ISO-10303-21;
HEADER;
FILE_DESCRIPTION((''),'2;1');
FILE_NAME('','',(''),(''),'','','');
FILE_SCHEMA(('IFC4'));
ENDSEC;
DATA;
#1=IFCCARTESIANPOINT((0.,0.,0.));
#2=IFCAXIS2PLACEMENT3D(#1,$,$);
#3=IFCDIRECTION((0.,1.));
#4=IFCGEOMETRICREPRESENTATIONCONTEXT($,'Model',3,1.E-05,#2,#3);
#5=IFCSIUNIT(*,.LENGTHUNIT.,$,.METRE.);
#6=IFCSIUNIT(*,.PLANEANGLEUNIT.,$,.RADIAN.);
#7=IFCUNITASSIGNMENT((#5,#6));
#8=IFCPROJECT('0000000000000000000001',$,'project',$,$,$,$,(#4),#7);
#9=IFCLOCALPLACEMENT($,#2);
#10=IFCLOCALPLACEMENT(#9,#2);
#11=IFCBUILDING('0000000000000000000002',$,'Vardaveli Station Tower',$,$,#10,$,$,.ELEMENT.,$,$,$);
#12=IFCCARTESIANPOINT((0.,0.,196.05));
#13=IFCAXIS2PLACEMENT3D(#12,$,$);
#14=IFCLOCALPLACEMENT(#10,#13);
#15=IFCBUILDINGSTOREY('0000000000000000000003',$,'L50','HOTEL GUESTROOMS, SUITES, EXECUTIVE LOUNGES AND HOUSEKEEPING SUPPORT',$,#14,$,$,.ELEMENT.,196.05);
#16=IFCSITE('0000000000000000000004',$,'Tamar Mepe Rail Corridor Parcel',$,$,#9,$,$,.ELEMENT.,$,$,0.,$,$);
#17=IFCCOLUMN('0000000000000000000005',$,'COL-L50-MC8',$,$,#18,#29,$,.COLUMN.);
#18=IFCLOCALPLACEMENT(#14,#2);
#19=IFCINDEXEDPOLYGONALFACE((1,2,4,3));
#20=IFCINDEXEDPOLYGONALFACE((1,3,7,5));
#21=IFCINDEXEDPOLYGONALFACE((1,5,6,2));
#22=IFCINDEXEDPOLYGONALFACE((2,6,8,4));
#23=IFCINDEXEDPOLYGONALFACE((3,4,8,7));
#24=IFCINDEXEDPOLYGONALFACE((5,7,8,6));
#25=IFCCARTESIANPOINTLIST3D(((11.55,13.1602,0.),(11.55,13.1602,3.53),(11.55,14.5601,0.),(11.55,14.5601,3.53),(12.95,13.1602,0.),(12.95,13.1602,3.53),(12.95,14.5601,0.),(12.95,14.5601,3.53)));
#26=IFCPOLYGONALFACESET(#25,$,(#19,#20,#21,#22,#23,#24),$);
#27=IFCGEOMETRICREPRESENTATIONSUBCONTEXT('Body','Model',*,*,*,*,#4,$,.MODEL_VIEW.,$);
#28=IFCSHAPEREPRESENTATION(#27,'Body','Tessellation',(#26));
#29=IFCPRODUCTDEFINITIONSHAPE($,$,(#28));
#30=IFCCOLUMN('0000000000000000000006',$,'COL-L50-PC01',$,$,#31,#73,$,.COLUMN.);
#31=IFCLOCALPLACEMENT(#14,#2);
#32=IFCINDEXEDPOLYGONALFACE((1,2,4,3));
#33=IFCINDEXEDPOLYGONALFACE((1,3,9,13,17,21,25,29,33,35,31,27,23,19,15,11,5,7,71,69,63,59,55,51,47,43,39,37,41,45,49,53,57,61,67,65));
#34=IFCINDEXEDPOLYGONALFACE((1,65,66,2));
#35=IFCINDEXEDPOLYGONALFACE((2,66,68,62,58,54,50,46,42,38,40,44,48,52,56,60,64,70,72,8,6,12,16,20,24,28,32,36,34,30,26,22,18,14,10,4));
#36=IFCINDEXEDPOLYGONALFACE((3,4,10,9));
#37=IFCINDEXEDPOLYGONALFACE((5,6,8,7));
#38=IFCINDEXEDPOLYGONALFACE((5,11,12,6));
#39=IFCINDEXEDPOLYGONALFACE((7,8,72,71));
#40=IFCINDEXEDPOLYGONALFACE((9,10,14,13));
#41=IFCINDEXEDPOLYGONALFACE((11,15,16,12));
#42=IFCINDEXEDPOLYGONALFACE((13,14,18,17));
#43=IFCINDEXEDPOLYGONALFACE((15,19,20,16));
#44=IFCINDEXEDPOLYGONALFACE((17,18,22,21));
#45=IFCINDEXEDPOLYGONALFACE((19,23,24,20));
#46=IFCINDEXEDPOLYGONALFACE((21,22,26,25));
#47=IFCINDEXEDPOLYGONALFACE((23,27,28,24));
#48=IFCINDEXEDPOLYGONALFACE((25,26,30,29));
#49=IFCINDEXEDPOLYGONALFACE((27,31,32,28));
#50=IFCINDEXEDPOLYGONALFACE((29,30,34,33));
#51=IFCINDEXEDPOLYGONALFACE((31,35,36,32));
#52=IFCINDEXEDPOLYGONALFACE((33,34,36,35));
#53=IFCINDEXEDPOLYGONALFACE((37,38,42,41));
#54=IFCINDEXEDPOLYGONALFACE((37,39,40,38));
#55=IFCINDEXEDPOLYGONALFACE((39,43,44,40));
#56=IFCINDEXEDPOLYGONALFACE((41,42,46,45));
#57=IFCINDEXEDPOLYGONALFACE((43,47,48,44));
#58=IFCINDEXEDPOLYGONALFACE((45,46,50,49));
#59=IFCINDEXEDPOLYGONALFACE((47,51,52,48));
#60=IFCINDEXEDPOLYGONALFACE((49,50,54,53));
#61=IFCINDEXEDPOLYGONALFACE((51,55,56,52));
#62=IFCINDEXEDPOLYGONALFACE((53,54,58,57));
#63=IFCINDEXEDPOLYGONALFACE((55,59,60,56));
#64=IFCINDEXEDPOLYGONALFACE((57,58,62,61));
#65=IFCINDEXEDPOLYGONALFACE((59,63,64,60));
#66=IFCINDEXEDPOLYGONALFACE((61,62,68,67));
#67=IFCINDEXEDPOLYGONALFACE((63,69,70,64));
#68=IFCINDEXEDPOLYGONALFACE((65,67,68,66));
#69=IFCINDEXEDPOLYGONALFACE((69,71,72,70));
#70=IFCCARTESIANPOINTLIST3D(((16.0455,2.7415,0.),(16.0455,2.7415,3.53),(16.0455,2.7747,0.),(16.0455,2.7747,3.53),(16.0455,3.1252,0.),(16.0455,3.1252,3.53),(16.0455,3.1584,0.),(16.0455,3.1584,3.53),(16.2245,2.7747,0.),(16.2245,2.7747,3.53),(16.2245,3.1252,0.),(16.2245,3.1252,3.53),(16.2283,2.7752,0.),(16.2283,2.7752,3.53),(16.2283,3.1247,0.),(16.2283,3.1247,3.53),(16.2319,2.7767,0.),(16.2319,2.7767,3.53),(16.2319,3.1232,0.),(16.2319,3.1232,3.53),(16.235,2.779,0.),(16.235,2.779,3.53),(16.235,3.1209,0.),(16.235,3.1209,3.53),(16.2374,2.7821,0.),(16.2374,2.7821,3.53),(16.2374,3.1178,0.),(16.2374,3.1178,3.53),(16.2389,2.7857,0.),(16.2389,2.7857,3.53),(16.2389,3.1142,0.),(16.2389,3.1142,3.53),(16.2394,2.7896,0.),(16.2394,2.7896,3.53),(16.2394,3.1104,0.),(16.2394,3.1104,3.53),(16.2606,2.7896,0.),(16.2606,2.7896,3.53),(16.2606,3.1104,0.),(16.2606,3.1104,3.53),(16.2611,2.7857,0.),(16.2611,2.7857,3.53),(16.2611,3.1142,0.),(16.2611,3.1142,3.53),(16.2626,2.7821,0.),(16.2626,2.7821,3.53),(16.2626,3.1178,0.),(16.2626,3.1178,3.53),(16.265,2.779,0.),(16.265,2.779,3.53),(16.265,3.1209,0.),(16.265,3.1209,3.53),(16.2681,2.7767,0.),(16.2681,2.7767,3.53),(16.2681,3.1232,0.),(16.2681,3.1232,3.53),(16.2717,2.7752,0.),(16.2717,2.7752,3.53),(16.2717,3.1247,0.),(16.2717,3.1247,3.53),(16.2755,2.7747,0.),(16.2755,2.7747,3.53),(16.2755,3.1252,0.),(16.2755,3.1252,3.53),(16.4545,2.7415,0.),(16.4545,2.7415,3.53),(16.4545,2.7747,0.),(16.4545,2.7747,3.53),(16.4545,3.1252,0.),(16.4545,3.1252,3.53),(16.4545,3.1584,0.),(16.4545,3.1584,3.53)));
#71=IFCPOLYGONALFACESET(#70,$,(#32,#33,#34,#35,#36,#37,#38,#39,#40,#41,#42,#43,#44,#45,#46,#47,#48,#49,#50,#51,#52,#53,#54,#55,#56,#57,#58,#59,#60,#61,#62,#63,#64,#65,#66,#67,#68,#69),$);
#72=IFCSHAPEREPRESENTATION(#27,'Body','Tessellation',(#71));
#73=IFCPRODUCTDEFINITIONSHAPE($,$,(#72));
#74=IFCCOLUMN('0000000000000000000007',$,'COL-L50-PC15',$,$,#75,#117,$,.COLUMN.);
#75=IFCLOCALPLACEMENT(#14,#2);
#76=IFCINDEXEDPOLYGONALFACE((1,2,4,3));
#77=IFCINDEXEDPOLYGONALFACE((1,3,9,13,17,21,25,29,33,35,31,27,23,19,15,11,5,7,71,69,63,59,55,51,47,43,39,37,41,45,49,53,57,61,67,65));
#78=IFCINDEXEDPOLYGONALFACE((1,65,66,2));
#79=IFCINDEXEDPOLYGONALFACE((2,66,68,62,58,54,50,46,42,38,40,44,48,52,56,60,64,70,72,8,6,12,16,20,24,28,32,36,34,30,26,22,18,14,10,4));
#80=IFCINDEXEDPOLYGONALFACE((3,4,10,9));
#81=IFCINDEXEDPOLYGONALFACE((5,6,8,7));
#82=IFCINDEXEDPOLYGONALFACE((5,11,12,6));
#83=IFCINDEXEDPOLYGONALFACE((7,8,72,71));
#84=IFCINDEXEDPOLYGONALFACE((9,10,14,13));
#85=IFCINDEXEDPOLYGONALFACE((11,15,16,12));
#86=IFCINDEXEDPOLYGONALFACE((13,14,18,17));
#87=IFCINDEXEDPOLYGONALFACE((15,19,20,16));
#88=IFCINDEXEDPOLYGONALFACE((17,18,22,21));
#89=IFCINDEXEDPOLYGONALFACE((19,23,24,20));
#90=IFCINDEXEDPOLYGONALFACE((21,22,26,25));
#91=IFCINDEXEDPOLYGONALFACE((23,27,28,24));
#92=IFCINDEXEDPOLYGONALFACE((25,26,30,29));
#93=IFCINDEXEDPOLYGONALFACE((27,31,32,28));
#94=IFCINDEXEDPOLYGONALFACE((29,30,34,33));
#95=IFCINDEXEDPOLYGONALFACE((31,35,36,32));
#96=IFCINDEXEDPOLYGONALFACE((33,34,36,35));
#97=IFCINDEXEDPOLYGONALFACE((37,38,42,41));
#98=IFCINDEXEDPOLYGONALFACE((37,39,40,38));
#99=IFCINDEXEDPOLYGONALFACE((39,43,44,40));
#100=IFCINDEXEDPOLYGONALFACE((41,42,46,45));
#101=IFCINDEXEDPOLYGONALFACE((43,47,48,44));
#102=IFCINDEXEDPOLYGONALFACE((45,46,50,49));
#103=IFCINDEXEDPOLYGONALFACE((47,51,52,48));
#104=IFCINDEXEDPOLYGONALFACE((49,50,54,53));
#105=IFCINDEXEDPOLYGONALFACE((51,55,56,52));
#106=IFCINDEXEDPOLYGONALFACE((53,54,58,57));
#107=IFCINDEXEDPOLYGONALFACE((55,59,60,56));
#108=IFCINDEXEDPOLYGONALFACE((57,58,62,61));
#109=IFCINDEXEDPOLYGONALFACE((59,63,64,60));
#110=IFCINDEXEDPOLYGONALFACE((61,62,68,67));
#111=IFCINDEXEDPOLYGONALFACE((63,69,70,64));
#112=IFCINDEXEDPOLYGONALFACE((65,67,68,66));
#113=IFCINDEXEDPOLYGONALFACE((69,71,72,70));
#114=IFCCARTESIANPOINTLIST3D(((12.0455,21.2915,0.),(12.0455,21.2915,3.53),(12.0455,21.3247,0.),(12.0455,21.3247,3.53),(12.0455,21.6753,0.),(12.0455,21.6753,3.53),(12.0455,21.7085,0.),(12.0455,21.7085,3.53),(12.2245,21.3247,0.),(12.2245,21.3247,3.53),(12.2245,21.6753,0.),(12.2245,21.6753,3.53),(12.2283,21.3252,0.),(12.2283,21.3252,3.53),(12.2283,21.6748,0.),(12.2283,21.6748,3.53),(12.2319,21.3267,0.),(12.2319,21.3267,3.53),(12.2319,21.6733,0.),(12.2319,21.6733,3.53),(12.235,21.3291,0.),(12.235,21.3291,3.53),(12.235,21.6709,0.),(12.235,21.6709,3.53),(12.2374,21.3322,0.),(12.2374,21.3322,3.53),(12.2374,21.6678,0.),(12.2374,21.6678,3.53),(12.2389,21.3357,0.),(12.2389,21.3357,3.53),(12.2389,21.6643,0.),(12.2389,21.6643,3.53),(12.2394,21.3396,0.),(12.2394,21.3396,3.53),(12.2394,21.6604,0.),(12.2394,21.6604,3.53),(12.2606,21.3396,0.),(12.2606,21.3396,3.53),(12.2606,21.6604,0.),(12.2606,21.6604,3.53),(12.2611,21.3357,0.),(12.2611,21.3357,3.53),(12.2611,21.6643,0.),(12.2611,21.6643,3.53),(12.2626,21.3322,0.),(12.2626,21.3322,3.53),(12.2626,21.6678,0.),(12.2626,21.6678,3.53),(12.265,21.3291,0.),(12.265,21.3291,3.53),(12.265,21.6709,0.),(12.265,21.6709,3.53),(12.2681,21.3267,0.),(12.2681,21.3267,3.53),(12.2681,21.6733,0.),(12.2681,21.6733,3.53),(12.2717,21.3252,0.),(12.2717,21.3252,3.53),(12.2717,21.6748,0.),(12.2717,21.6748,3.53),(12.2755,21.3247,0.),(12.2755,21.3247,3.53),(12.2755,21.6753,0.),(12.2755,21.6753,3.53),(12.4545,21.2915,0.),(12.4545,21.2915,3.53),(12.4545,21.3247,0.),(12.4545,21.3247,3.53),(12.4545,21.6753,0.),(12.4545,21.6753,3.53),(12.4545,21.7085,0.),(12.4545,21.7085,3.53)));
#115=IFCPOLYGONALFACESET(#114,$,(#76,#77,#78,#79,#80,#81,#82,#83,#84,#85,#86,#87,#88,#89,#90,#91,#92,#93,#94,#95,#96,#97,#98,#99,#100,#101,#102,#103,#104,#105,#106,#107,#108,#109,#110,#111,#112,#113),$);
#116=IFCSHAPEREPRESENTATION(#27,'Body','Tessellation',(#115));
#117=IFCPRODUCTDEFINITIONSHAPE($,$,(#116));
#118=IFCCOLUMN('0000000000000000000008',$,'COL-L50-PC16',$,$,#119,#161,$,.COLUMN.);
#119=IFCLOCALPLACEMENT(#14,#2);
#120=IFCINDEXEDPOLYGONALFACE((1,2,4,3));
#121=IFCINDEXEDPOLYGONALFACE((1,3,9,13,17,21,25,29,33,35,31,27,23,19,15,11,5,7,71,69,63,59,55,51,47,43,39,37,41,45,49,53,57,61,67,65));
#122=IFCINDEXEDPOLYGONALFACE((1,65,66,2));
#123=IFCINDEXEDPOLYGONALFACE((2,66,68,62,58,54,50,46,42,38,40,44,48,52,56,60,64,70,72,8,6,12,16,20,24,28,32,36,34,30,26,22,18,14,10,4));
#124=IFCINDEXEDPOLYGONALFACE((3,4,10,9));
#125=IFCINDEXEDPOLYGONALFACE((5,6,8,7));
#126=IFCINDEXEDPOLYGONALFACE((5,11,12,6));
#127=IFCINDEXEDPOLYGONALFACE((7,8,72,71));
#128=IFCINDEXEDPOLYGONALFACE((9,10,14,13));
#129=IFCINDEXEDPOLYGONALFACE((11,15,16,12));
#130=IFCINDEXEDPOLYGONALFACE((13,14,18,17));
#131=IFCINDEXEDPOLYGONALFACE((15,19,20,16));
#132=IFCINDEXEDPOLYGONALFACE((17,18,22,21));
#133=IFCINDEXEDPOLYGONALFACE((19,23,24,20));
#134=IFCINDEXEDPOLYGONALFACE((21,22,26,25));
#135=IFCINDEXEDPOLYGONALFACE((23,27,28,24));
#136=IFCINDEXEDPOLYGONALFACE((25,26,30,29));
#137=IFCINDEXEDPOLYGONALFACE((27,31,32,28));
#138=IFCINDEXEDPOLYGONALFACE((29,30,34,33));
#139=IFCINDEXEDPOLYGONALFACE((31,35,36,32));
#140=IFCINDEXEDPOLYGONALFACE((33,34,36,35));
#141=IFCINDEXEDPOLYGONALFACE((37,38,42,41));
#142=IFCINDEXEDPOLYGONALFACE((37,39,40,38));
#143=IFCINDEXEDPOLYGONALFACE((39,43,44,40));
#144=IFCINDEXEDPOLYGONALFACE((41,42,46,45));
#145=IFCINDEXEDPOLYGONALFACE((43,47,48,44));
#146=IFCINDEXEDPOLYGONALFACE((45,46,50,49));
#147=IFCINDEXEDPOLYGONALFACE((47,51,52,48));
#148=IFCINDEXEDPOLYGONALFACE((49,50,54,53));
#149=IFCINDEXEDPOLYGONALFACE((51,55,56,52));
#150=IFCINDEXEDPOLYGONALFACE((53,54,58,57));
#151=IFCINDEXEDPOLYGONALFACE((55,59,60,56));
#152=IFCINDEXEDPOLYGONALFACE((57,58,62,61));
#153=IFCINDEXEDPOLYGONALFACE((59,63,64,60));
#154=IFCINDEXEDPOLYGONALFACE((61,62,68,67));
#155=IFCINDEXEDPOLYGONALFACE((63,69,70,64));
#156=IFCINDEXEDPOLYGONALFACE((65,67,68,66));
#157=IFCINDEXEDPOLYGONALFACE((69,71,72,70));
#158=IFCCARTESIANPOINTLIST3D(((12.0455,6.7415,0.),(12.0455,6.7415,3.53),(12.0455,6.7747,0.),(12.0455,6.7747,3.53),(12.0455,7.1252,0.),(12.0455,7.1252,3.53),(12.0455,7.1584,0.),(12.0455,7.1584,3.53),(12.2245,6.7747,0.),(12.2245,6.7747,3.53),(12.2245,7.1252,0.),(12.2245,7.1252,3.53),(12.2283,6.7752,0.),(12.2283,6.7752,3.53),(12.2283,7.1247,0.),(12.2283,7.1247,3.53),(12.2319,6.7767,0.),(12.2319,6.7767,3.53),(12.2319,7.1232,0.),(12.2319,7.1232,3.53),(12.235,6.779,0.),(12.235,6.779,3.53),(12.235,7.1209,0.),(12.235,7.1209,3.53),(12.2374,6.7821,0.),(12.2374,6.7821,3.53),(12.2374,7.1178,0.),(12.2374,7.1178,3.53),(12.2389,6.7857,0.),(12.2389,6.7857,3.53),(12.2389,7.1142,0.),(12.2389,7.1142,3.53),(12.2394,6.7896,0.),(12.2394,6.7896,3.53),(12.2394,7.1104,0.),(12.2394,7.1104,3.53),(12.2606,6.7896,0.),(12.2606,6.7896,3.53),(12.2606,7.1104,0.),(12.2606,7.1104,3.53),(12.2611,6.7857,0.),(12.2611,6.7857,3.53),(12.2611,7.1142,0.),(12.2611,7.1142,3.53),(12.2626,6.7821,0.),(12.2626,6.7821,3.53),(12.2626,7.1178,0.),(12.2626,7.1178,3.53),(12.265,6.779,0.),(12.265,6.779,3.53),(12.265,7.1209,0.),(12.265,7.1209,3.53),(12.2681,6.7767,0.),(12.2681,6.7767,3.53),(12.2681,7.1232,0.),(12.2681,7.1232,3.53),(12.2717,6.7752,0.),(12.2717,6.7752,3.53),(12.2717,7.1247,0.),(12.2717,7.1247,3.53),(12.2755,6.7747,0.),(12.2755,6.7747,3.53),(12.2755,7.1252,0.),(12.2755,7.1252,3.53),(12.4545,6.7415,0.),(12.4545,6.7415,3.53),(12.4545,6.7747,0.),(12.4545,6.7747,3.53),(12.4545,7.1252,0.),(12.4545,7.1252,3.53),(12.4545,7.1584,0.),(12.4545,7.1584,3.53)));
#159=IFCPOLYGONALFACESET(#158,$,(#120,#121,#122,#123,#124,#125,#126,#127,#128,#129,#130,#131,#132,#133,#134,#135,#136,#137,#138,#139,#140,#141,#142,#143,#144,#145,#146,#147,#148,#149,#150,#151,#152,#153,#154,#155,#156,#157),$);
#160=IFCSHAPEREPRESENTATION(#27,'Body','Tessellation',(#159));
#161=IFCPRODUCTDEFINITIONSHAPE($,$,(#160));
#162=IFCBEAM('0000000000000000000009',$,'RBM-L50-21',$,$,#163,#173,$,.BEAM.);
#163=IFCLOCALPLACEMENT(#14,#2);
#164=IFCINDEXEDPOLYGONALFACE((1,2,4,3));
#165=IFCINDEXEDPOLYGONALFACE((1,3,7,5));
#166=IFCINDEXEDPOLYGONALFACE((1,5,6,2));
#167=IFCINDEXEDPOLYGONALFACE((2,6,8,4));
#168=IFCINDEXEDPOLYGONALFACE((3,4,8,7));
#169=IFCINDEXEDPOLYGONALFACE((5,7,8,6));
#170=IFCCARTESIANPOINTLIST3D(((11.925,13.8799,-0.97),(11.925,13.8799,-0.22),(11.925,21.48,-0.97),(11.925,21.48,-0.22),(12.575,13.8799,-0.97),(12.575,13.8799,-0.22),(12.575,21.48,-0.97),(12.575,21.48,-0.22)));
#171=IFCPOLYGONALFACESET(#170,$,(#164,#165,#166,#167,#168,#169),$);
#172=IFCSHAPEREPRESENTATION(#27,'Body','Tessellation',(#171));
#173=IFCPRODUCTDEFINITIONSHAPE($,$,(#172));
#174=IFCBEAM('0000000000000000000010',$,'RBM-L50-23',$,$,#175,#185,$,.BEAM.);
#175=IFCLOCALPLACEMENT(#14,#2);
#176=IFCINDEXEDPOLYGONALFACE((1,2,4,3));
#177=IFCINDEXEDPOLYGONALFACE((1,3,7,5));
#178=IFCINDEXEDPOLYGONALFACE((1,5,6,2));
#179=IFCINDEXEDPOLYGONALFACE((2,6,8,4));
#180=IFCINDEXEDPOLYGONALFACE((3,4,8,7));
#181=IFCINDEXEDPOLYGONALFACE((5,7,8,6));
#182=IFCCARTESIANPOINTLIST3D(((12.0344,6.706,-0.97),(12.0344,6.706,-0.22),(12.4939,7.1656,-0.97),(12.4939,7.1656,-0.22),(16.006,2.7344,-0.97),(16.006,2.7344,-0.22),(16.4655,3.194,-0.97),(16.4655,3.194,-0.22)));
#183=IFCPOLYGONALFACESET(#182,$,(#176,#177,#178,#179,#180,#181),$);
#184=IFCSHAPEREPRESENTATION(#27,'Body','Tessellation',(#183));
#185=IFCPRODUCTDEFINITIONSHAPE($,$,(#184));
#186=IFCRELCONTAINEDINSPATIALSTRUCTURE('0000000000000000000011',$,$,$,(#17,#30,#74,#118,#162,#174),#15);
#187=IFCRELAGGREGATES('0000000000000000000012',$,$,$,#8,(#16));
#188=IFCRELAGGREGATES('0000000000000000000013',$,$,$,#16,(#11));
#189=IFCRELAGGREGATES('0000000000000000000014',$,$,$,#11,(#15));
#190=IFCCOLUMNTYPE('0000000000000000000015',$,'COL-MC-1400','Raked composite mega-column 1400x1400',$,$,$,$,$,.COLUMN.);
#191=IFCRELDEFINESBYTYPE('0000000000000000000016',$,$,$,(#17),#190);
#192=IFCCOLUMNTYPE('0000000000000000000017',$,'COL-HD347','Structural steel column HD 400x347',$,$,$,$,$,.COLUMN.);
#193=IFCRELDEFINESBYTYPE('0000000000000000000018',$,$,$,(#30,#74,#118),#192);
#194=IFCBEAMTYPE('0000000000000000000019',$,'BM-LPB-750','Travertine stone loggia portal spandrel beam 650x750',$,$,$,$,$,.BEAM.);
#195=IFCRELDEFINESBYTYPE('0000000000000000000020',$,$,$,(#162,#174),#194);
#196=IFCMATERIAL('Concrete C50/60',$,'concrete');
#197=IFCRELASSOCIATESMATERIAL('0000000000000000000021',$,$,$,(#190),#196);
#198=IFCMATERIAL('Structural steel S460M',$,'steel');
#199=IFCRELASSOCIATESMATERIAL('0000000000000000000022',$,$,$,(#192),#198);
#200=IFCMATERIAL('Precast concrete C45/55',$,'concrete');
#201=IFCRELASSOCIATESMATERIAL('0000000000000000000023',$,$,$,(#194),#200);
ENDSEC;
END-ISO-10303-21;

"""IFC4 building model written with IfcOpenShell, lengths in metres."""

from ifc_helpers import new_model, si_unit, direction, frame, origin, origin_2d, place, context, subcontext, project, spatial, rectangle, i_section, extrude, source, transform, mapped, material, material_profile, profile_set, type_object, element, save


model = new_model("IFC4")

# Units and contexts
model_context = context("Model", 3, precision=1e-05, world=origin(), true_north=direction((0.0, 1.0)))
body_context = subcontext(model_context, "Body", "Model", "MODEL_VIEW")
ifc_project = project(units=[si_unit("LENGTHUNIT", "METRE"), si_unit("PLANEANGLEUNIT", "RADIAN")], contexts=[model_context])

# Site, building, storey
site_placement = place(None, origin())
site = spatial("IfcSite", under=ifc_project, at=site_placement, Name="Tamar Mepe Rail Corridor Parcel", CompositionType="ELEMENT", RefElevation=0.0)
building_placement = place(site_placement, origin())
building = spatial("IfcBuilding", under=site, at=building_placement, Name="Vardaveli Station Tower", CompositionType="ELEMENT")
storey_placement = place(building_placement, frame((0.0, 0.0, 196.05)))
storey = spatial("IfcBuildingStorey", under=building, at=storey_placement, Name="L50", Description="HOTEL GUESTROOMS, SUITES, EXECUTIVE LOUNGES AND HOUSEKEEPING SUPPORT", CompositionType="ELEMENT", Elevation=196.05)

# Columns
ifc_material_1 = material(Name="Concrete C50/60", Category="concrete")
ifc_material_profile_1 = material_profile(ifc_material_1, rectangle(XDim=1.3999, YDim=1.3999, at=origin_2d()), Name="MC 1400x1400")
ifc_profile_set_1 = profile_set([ifc_material_profile_1], Name="Concrete C50/60")
column_type_1 = type_object("IfcColumnType", Name="COL-MC-1400", Description="Raked composite mega-column 1400x1400", PredefinedType="COLUMN", material=ifc_profile_set_1)
shared_shape_1 = source(origin(), body_context, "Body", "SweptSolid", [
    extrude(rectangle(XDim=1.3999, YDim=1.3999, at=origin_2d()), origin(), (0.0, 0.0, 1.0), 3.53),
])
column_placement = place(storey_placement, frame((12.25, 13.8601, 0.0), z_axis=(0.0, 0.0, 1.0), x_axis=(1.0, 0.0, 0.0)))
element("IfcColumn", 1, at=column_placement, inside=storey, type_object=column_type_1, Name="COL-L50-MC8", PredefinedType="COLUMN", context=body_context, shape_type="MappedRepresentation", body=[
    mapped(shared_shape_1, transform((0.0, 0.0, 0.0), scale=1.0)),
])
ifc_material_2 = material(Name="Structural steel S460M", Category="steel")
ifc_material_profile_2 = material_profile(ifc_material_2, i_section(OverallWidth=0.4089, OverallDepth=0.417, WebThickness=0.0212, FlangeThickness=0.0332, FilletRadius=0.0149, at=origin_2d()), Name="HD 400x347")
ifc_profile_set_2 = profile_set([ifc_material_profile_2], Name="Structural steel S460M")
column_type_2 = type_object("IfcColumnType", Name="COL-HD347", Description="Structural steel column HD 400x347", PredefinedType="COLUMN", material=ifc_profile_set_2)
shared_shape_2 = source(origin(), body_context, "Body", "SweptSolid", [
    extrude(i_section(OverallWidth=0.4089, OverallDepth=0.417, WebThickness=0.0212, FlangeThickness=0.0332, FilletRadius=0.0149, at=origin_2d()), origin(), (0.0, 0.0, 1.0), 3.53),
])
for number, where, z_axis, x_axis, name in (
    (2, (16.25, 2.95, 0.0), (0.0, 0.0, 1.0), (1.0, 0.0, 0.0), "COL-L50-PC01"),
    (3, (12.25, 21.5, 0.0), (0.0, 0.0, 1.0), (1.0, 0.0, 0.0), "COL-L50-PC15"),
    (4, (12.25, 6.95, 0.0), (0.0, 0.0, 1.0), (1.0, 0.0, 0.0), "COL-L50-PC16"),
):
    element("IfcColumn", number, at=place(storey_placement, frame(where, z_axis=z_axis, x_axis=x_axis)), inside=storey, type_object=column_type_2, Name=name, PredefinedType="COLUMN", context=body_context, shape_type="MappedRepresentation", body=[
        mapped(shared_shape_2, transform((0.0, 0.0, 0.0), scale=1.0)),
    ])

# Beams
ifc_material_3 = material(Name="Precast concrete C45/55", Category="concrete")
ifc_material_profile_3 = material_profile(ifc_material_3, rectangle(XDim=0.6499, YDim=0.75, at=origin_2d()), Name="LPB 650x750")
ifc_profile_set_3 = profile_set([ifc_material_profile_3], Name="Precast concrete C45/55")
beam_type_1 = type_object("IfcBeamType", Name="BM-LPB-750", Description="Travertine stone loggia portal spandrel beam 650x750", PredefinedType="BEAM", material=ifc_profile_set_3)
shared_shape_3 = source(origin(), body_context, "Body", "SweptSolid", [
    extrude(rectangle(XDim=0.6499, YDim=0.75, at=origin_2d()), origin(), (0.0, 0.0, 1.0), 7.6001),
])
beam_1_placement = place(storey_placement, frame((12.25, 21.48, -0.595), z_axis=(0.0, -1.0, 0.0), x_axis=(1.0, 0.0, 0.0)))
element("IfcBeam", 5, at=beam_1_placement, inside=storey, type_object=beam_type_1, Name="RBM-L50-21", PredefinedType="BEAM", context=body_context, shape_type="MappedRepresentation", body=[
    mapped(shared_shape_3, transform((0.0, 0.0, 0.0), scale=1.0)),
])
shared_shape_4 = source(origin(), body_context, "Body", "SweptSolid", [
    extrude(rectangle(XDim=0.6499, YDim=0.75, at=origin_2d()), origin(), (0.0, 0.0, 1.0), 5.6167),
])
beam_2_placement = place(storey_placement, frame((12.2642, 6.9358, -0.595), z_axis=(0.707107, -0.707107, 0.0), x_axis=(0.707107, 0.707107, 0.0)))
element("IfcBeam", 6, at=beam_2_placement, inside=storey, type_object=beam_type_1, Name="RBM-L50-23", PredefinedType="BEAM", context=body_context, shape_type="MappedRepresentation", body=[
    mapped(shared_shape_4, transform((0.0, 0.0, 0.0), scale=1.0)),
])

save(model, "model.ifc")
